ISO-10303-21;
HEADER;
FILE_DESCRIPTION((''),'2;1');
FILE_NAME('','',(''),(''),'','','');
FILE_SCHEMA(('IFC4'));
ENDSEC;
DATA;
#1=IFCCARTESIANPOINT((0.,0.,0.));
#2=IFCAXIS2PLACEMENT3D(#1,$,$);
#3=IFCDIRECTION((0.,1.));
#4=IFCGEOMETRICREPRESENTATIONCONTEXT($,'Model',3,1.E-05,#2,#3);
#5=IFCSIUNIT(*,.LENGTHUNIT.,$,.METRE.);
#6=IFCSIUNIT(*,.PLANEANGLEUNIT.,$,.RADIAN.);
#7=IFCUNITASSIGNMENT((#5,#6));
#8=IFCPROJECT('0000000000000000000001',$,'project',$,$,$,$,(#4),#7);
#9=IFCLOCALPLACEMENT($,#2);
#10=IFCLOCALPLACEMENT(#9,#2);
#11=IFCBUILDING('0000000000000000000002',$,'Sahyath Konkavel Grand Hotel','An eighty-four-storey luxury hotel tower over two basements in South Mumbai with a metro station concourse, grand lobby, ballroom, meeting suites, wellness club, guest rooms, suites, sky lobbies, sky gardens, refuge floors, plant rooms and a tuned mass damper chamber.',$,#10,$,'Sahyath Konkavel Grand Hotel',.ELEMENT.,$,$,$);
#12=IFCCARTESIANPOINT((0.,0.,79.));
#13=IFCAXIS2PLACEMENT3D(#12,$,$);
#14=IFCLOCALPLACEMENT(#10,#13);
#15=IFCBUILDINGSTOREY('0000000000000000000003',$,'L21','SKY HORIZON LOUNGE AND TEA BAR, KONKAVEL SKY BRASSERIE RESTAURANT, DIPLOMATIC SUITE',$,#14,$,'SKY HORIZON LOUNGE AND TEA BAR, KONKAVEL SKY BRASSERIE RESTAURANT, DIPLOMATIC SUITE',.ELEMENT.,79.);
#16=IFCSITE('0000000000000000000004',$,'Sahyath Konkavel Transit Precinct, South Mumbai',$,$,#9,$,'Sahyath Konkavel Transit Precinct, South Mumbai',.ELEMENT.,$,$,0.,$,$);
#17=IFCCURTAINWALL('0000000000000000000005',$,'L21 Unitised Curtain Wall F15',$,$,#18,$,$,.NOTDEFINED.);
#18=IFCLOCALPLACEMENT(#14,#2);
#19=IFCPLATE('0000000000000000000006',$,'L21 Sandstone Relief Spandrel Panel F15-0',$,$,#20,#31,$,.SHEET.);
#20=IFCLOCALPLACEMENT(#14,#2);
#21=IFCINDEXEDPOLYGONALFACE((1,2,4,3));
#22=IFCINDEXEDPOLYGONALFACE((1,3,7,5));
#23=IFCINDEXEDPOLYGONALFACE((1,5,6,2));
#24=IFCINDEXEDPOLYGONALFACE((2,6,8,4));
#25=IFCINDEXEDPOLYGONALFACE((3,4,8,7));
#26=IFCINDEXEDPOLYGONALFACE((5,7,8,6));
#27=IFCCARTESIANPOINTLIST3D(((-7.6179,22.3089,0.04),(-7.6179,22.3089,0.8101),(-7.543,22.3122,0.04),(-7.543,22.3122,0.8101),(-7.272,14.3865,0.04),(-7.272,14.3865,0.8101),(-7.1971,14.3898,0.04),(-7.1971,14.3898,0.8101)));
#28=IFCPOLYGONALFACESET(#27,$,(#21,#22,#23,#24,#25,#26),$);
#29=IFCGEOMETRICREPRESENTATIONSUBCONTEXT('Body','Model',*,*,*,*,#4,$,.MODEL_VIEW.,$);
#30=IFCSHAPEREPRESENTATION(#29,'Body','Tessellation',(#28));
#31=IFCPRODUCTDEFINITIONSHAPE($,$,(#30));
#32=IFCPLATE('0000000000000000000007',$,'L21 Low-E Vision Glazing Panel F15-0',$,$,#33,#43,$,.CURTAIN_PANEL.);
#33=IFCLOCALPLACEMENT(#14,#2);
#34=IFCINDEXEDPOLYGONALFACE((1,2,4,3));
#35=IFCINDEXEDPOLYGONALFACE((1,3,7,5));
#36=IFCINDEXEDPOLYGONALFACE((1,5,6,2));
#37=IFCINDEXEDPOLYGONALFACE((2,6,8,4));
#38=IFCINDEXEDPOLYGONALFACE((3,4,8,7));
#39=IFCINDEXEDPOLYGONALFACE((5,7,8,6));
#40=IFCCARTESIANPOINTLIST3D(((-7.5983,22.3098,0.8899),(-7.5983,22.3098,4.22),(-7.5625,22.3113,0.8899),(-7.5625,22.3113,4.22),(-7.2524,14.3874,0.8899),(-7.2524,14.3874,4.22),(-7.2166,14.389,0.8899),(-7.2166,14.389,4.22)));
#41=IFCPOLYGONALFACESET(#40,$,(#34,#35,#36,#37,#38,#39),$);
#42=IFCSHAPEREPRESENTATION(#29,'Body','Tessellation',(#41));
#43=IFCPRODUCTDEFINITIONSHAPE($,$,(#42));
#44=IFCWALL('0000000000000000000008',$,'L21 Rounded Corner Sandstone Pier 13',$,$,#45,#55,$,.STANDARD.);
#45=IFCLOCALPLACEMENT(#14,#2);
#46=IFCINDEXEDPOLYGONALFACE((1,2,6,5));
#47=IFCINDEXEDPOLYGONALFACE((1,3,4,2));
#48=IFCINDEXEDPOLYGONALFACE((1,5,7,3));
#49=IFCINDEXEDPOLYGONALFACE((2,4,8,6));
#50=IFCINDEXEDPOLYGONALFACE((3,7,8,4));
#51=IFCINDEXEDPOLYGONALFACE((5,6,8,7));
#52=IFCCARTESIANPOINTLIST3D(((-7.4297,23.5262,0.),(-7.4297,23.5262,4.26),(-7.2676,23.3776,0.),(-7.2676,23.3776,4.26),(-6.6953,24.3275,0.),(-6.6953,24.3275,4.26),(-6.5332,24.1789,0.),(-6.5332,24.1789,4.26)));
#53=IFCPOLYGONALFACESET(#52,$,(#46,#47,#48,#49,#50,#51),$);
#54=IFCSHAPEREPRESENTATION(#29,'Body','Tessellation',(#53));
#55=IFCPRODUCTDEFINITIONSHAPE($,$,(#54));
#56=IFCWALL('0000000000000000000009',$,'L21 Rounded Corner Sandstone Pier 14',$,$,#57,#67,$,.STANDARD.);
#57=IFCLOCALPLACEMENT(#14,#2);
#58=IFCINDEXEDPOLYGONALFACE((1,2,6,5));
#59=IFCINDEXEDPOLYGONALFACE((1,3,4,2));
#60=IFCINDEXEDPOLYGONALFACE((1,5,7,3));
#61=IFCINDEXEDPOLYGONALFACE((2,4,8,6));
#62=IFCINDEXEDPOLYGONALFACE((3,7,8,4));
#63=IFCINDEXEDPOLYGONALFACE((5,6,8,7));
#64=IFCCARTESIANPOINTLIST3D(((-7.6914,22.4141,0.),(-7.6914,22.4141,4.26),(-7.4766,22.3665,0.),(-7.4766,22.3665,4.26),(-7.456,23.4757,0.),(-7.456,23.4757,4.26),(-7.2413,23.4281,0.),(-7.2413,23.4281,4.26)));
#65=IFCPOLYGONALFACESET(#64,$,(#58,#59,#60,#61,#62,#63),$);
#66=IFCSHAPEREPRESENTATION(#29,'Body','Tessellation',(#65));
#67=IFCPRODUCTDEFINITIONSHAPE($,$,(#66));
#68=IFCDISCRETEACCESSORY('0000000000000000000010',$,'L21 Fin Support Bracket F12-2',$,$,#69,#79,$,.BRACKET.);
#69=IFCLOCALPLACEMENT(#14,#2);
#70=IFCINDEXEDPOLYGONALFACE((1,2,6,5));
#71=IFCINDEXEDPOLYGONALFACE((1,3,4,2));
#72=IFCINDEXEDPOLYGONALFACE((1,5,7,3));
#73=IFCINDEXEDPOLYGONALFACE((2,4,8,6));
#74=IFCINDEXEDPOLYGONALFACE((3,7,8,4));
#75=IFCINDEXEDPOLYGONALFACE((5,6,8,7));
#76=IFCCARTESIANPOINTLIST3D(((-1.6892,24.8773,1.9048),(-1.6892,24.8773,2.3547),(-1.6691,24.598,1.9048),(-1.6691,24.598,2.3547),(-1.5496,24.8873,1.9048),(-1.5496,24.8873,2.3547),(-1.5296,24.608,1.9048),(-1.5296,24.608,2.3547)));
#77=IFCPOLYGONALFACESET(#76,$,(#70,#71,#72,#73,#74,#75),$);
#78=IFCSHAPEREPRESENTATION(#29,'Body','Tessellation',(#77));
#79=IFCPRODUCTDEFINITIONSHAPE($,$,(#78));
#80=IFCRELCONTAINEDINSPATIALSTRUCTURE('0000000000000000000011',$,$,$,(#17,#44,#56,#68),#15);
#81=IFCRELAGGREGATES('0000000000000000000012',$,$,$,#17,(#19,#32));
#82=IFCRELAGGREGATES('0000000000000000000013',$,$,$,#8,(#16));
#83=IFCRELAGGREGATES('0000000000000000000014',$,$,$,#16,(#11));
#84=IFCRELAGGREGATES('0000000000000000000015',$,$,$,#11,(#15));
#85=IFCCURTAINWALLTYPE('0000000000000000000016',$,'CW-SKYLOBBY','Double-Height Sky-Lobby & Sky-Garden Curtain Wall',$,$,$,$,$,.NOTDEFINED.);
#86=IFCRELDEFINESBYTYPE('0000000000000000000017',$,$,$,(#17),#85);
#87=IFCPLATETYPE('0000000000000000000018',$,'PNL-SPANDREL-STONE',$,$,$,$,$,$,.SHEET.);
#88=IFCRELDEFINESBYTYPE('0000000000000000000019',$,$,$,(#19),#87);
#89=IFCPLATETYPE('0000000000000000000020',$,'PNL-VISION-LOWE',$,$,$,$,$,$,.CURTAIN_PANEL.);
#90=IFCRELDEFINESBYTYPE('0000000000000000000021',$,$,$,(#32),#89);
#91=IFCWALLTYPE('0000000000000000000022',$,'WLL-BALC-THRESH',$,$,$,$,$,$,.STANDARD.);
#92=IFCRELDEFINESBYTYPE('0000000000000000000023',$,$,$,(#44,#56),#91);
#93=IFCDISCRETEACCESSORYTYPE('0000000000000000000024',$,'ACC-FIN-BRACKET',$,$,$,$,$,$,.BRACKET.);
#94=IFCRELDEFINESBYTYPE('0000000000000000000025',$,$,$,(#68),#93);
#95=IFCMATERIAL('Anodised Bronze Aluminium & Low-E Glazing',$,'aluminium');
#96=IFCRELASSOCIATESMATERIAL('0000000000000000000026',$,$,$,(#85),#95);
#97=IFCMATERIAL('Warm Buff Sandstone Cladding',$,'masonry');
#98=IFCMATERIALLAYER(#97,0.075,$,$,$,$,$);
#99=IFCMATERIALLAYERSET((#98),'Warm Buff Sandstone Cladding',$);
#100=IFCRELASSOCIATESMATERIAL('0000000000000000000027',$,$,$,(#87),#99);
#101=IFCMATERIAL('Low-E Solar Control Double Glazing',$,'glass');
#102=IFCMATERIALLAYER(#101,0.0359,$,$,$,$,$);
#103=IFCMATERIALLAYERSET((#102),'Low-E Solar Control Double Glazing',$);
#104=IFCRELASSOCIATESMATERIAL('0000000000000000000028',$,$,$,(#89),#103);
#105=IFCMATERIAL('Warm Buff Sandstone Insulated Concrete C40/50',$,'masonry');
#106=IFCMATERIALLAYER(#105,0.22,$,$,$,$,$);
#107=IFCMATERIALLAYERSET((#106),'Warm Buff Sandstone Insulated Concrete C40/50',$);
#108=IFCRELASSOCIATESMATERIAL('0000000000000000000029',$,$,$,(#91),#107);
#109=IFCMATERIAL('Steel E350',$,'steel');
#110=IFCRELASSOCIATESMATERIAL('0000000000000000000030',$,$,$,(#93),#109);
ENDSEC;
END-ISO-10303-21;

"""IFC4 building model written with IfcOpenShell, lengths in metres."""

from ifc_helpers import new_model, si_unit, direction, frame, frame_2d, origin, origin_2d, place, context, subcontext, project, spatial, rectangle, extrude, source, transform, mapped, material, layer, layer_set, type_object, element, aggregate, save


model = new_model("IFC4")

# Units and contexts
model_context = context("Model", 3, precision=1e-05, world=origin(), true_north=direction((0.0, 1.0)))
body_context = subcontext(model_context, "Body", "Model", "MODEL_VIEW")
ifc_project = project(units=[si_unit("LENGTHUNIT", "METRE"), si_unit("PLANEANGLEUNIT", "RADIAN")], contexts=[model_context])

# Site, building, storey
site_placement = place(None, origin())
site = spatial("IfcSite", under=ifc_project, at=site_placement, Name="Sahyath Konkavel Transit Precinct, South Mumbai", LongName="Sahyath Konkavel Transit Precinct, South Mumbai", CompositionType="ELEMENT", RefElevation=0.0)
building_placement = place(site_placement, origin())
building = spatial("IfcBuilding", under=site, at=building_placement, Name="Sahyath Konkavel Grand Hotel", Description="An eighty-four-storey luxury hotel tower over two basements in South Mumbai with a metro station concourse, grand lobby, ballroom, meeting suites, wellness club, guest rooms, suites, sky lobbies, sky gardens, refuge floors, plant rooms and a tuned mass damper chamber.", LongName="Sahyath Konkavel Grand Hotel", CompositionType="ELEMENT")
storey_placement = place(building_placement, frame((0.0, 0.0, 79.0)))
storey = spatial("IfcBuildingStorey", under=building, at=storey_placement, Name="L21", Description="SKY HORIZON LOUNGE AND TEA BAR, KONKAVEL SKY BRASSERIE RESTAURANT, DIPLOMATIC SUITE", LongName="SKY HORIZON LOUNGE AND TEA BAR, KONKAVEL SKY BRASSERIE RESTAURANT, DIPLOMATIC SUITE", CompositionType="ELEMENT", Elevation=79.0)

# Shared definitions
ifc_material_1 = material(Name="Steel E350", Category="steel")

# Shared definitions
ifc_material_2 = material(Name="Anodised Bronze Aluminium & Low-E Glazing", Category="aluminium")
curtain_wall_type = type_object("IfcCurtainWallType", Name="CW-SKYLOBBY", Description="Double-Height Sky-Lobby & Sky-Garden Curtain Wall", PredefinedType="NOTDEFINED", material=ifc_material_2)

# Curtain wall
curtain_wall_1_placement = place(storey_placement, origin())
curtain_wall_1 = element("IfcCurtainWall", 1, at=curtain_wall_1_placement, inside=storey, type_object=curtain_wall_type, Name="L21 Unitised Curtain Wall F15", PredefinedType="NOTDEFINED")

# Plates
ifc_material_3 = material(Name="Warm Buff Sandstone Cladding", Category="masonry")
ifc_layer_1 = layer(ifc_material_3, 0.075)
ifc_layer_set_1 = layer_set([ifc_layer_1], Name="Warm Buff Sandstone Cladding")
plate_type_1 = type_object("IfcPlateType", Name="PNL-SPANDREL-STONE", PredefinedType="SHEET", material=ifc_layer_set_1)
ifc_material_4 = material(Name="Low-E Solar Control Double Glazing", Category="glass")
ifc_layer_2 = layer(ifc_material_4, 0.0359)
ifc_layer_set_2 = layer_set([ifc_layer_2], Name="Low-E Solar Control Double Glazing")
plate_type_2 = type_object("IfcPlateType", Name="PNL-VISION-LOWE", PredefinedType="CURTAIN_PANEL", material=ifc_layer_set_2)
shared_shape_1 = source(origin(), body_context, "Body", "SweptSolid", [
    extrude(rectangle(XDim=7.9299, YDim=0.075, at=origin_2d()), origin(), (0.0, 0.0, 1.0), 0.77),
])
plate_1_placement = place(storey_placement, frame((-7.4075, 18.3494, 0.04), z_axis=(0.0, 0.0, 1.0), x_axis=(0.043619, -0.999048, 0.0)))
plate_1 = element("IfcPlate", 2, at=plate_1_placement, type_object=plate_type_1, Name="L21 Sandstone Relief Spandrel Panel F15-0", PredefinedType="SHEET", context=body_context, shape_type="MappedRepresentation", body=[
    mapped(shared_shape_1, transform((0.0, 0.0, 0.0), scale=1.0)),
])
shared_shape_2 = source(origin(), body_context, "Body", "SweptSolid", [
    extrude(rectangle(XDim=7.9299, YDim=0.0359, at=origin_2d()), origin(), (0.0, 0.0, 1.0), 3.3301),
])
plate_2_placement = place(storey_placement, frame((-7.4075, 18.3494, 0.8899), z_axis=(0.0, 0.0, 1.0), x_axis=(0.043619, -0.999048, 0.0)))
plate_2 = element("IfcPlate", 3, at=plate_2_placement, type_object=plate_type_2, Name="L21 Low-E Vision Glazing Panel F15-0", PredefinedType="CURTAIN_PANEL", context=body_context, shape_type="MappedRepresentation", body=[
    mapped(shared_shape_2, transform((0.0, 0.0, 0.0), scale=1.0)),
])
aggregate(curtain_wall_1, [plate_1, plate_2])

# Walls
ifc_material_5 = material(Name="Warm Buff Sandstone Insulated Concrete C40/50", Category="masonry")
ifc_layer_3 = layer(ifc_material_5, 0.22)
ifc_layer_set_3 = layer_set([ifc_layer_3], Name="Warm Buff Sandstone Insulated Concrete C40/50")
wall_type = type_object("IfcWallType", Name="WLL-BALC-THRESH", PredefinedType="STANDARD", material=ifc_layer_set_3)
wall_1_placement = place(storey_placement, frame((-6.6143, 24.2532, 0.0), z_axis=(0.0, 0.0, 1.0), x_axis=(-0.675664, -0.73721, 0.0)))
element("IfcWall", 4, at=wall_1_placement, inside=storey, type_object=wall_type, Name="L21 Rounded Corner Sandstone Pier 13", PredefinedType="STANDARD", context=body_context, shape_type="SweptSolid", body=[
    extrude(rectangle(XDim=1.0869, YDim=0.22, at=frame_2d((0.5435, 0.0))), origin(), (0.0, 0.0, 1.0), 4.26),
])
wall_2_placement = place(storey_placement, frame((-7.3486, 23.4519, 0.0), z_axis=(0.0, 0.0, 1.0), x_axis=(-0.216455, -0.976293, 0.0)))
element("IfcWall", 5, at=wall_2_placement, inside=storey, type_object=wall_type, Name="L21 Rounded Corner Sandstone Pier 14", PredefinedType="STANDARD", context=body_context, shape_type="SweptSolid", body=[
    extrude(rectangle(XDim=1.0874, YDim=0.22, at=frame_2d((0.5437, 0.0))), origin(), (0.0, 0.0, 1.0), 4.26),
])

# Discrete accessory
discrete_accessory_type = type_object("IfcDiscreteAccessoryType", Name="ACC-FIN-BRACKET", PredefinedType="BRACKET", material=ifc_material_1)
shared_shape_3 = source(origin(), body_context, "Body", "SweptSolid", [
    extrude(rectangle(XDim=0.28, YDim=0.1399, at=origin_2d()), origin(), (0.0, 0.0, 1.0), 0.45),
])
discrete_accessory_placement = place(storey_placement, frame((-1.6094, 24.7427, 1.9048), z_axis=(0.0, 0.0, 1.0), x_axis=(-0.071567, 0.997436, 0.0)))
element("IfcDiscreteAccessory", 6, at=discrete_accessory_placement, inside=storey, type_object=discrete_accessory_type, Name="L21 Fin Support Bracket F12-2", PredefinedType="BRACKET", context=body_context, shape_type="MappedRepresentation", body=[
    mapped(shared_shape_3, transform((0.0, 0.0, 0.0), scale=1.0)),
])

save(model, "model.ifc")
